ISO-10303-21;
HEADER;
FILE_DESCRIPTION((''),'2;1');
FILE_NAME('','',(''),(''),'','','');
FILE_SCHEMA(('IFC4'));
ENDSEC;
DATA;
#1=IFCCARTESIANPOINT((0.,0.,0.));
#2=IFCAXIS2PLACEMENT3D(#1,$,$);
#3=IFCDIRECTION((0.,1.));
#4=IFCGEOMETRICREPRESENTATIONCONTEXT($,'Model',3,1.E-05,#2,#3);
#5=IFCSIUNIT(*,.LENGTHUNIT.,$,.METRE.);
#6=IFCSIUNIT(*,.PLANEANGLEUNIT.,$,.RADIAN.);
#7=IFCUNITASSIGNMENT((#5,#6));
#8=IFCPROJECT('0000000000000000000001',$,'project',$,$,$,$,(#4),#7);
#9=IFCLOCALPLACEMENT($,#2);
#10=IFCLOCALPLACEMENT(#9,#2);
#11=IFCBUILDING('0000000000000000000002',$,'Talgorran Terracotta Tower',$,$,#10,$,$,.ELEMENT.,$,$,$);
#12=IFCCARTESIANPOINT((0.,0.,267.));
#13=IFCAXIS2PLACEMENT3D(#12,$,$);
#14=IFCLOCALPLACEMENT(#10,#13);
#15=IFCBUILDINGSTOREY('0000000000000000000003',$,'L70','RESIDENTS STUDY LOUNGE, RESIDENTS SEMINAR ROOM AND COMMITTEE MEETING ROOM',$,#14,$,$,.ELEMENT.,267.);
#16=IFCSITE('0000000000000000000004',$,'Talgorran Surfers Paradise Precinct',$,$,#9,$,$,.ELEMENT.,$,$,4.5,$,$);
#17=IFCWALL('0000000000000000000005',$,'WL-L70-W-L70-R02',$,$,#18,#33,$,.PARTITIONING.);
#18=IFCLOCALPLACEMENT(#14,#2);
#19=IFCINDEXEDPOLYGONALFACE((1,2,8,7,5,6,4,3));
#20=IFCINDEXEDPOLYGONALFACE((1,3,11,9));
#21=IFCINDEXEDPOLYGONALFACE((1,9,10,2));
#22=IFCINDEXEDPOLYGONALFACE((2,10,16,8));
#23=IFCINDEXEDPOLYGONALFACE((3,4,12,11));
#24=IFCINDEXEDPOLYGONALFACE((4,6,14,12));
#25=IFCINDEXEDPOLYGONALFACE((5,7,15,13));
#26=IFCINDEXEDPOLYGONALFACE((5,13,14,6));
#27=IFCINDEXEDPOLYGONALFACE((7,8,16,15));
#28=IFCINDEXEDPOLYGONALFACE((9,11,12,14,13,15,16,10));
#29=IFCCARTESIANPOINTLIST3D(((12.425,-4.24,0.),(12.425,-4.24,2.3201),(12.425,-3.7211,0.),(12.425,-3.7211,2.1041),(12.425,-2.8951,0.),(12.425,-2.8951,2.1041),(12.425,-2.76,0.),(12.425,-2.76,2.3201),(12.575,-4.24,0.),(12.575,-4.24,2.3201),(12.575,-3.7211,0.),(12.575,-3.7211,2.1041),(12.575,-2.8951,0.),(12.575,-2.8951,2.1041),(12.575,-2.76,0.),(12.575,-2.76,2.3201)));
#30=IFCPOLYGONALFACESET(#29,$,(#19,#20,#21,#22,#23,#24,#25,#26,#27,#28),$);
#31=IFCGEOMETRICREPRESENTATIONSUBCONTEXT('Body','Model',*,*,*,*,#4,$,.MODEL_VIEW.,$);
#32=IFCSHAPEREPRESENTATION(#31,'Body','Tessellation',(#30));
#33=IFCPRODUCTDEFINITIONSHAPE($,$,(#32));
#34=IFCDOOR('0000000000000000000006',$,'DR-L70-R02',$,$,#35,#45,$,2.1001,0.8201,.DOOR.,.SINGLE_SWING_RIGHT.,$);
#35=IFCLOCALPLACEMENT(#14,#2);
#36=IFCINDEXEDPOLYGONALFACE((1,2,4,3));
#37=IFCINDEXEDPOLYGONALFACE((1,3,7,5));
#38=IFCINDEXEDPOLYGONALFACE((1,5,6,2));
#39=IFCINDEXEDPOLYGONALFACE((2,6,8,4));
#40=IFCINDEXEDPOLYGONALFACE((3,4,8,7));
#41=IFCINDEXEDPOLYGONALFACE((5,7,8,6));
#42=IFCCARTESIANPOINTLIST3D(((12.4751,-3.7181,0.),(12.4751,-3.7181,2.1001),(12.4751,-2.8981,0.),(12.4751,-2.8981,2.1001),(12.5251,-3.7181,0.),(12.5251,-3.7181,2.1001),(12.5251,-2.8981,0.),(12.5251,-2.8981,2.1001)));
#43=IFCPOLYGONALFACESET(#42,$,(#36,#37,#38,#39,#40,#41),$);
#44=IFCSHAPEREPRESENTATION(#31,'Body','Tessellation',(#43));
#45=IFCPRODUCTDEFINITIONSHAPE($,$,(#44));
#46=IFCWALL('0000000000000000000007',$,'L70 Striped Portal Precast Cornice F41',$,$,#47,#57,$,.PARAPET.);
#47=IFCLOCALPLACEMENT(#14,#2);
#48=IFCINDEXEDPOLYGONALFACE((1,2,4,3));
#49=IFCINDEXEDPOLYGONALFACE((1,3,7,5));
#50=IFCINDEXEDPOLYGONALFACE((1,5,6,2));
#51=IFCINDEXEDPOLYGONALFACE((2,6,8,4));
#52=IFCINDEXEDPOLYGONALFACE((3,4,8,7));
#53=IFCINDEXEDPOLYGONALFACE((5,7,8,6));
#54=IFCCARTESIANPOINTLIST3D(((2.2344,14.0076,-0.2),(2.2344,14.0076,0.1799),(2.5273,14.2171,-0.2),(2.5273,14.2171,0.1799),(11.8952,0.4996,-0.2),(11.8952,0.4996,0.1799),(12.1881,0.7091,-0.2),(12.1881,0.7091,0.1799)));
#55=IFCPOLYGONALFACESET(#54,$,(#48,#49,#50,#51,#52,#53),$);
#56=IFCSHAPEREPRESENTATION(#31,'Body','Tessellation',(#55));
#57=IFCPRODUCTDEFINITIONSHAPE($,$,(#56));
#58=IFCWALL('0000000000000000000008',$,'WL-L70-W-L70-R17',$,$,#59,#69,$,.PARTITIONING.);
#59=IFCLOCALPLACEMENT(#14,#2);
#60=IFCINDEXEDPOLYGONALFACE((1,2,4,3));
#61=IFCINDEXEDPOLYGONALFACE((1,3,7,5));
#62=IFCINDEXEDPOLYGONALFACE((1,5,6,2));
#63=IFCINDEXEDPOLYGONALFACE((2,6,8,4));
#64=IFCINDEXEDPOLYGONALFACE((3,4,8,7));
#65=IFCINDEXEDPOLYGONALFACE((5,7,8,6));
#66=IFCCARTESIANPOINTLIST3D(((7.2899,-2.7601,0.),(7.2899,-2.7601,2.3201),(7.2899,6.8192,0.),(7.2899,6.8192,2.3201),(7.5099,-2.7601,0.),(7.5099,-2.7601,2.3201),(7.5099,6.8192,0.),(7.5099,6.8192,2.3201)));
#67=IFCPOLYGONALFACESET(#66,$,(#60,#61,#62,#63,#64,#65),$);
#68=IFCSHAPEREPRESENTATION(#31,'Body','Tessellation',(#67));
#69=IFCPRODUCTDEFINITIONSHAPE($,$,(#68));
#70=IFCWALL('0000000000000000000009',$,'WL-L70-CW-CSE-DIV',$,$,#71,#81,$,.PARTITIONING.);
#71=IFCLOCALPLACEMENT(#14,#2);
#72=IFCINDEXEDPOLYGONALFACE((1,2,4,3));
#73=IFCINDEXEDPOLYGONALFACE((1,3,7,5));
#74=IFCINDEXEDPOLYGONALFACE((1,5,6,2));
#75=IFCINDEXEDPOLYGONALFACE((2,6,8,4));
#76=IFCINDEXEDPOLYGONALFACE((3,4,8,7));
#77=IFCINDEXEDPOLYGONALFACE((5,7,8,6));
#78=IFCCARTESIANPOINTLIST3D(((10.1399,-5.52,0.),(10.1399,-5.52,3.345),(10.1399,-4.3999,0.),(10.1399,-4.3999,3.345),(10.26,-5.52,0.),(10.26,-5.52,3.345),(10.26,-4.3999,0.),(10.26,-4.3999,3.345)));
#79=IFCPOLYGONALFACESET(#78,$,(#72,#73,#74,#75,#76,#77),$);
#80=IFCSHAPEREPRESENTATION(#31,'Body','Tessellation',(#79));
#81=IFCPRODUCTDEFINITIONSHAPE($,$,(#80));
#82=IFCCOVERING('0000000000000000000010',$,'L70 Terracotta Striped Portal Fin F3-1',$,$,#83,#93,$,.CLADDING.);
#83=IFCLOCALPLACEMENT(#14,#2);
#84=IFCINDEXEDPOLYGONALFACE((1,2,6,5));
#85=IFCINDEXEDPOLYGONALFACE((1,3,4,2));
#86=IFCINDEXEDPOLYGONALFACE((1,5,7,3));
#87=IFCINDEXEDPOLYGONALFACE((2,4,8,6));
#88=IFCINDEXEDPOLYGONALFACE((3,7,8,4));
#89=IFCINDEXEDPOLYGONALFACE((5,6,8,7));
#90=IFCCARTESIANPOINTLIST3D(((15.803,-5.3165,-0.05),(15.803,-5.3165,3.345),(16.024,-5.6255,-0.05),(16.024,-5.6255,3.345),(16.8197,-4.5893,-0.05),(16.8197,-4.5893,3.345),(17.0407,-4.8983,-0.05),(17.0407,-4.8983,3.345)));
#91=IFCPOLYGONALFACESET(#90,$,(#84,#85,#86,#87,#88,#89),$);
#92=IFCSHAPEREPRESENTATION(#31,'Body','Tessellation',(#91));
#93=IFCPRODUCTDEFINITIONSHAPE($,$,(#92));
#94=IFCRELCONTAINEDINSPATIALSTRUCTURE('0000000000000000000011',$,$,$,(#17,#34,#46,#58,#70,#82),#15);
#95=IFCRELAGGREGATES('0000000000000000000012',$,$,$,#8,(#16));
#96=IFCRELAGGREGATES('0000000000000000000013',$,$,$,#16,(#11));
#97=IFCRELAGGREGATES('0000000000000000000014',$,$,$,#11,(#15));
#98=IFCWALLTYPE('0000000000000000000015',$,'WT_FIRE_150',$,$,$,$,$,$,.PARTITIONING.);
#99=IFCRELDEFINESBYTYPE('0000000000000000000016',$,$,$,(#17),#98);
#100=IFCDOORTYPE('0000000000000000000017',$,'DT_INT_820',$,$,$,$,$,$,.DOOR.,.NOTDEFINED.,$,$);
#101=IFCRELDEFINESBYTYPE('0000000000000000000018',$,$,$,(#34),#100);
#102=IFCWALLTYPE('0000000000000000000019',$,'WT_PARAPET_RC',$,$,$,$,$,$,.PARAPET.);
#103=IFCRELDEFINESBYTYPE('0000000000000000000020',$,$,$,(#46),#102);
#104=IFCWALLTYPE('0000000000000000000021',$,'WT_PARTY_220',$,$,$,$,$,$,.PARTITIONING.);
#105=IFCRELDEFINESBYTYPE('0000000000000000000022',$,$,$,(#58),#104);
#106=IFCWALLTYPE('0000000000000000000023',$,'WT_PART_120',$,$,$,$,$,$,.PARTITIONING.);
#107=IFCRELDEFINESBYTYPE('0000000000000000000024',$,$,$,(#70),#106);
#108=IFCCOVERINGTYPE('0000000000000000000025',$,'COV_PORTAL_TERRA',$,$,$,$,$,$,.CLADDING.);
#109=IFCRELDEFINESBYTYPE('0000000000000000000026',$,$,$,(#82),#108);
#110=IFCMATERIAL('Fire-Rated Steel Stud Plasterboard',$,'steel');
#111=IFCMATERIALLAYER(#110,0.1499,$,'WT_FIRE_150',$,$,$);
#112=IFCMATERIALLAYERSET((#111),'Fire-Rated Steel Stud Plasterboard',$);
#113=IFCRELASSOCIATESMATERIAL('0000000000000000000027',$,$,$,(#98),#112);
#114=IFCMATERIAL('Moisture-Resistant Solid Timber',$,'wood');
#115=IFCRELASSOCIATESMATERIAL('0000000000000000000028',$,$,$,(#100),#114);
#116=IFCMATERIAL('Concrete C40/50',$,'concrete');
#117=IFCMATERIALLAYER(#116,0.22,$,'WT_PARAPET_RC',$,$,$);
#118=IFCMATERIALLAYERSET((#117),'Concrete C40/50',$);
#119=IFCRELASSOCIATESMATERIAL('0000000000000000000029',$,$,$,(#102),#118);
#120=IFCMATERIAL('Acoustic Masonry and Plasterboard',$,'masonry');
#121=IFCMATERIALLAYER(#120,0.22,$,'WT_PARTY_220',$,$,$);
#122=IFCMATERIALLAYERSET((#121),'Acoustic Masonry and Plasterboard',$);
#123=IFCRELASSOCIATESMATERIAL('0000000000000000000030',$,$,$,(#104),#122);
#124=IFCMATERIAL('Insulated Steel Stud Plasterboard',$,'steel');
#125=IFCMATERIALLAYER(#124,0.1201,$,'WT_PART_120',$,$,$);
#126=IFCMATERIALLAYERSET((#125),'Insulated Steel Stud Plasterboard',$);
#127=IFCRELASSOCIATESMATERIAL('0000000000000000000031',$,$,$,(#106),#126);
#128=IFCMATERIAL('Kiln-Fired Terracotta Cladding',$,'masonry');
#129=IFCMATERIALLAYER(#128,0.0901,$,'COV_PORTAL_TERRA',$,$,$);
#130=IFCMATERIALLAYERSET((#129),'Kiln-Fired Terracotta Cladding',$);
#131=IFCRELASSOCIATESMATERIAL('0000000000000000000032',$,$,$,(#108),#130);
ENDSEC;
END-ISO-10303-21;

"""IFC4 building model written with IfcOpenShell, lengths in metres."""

from ifc_helpers import new_model, si_unit, direction, frame, frame_2d, origin, origin_2d, place, context, subcontext, project, spatial, rectangle, extrude, material, layer, layer_set, type_object, element, fill, save


model = new_model("IFC4")

# Units and contexts
model_context = context("Model", 3, precision=1e-05, world=origin(), true_north=direction((0.0, 1.0)))
body_context = subcontext(model_context, "Body", "Model", "MODEL_VIEW")
ifc_project = project(units=[si_unit("LENGTHUNIT", "METRE"), si_unit("PLANEANGLEUNIT", "RADIAN")], contexts=[model_context])

# Site, building, storey
site_placement = place(None, origin())
site = spatial("IfcSite", under=ifc_project, at=site_placement, Name="Talgorran Surfers Paradise Precinct", CompositionType="ELEMENT", RefElevation=4.5)
building_placement = place(site_placement, origin())
building = spatial("IfcBuilding", under=site, at=building_placement, Name="Talgorran Terracotta Tower", CompositionType="ELEMENT")
storey_placement = place(building_placement, frame((0.0, 0.0, 267.0)))
storey = spatial("IfcBuildingStorey", under=building, at=storey_placement, Name="L70", Description="RESIDENTS STUDY LOUNGE, RESIDENTS SEMINAR ROOM AND COMMITTEE MEETING ROOM", CompositionType="ELEMENT", Elevation=267.0)

# Shared definitions
ifc_material_1 = material(Name="Concrete C40/50", Category="concrete")

# Wall, opening, door
ifc_material_2 = material(Name="Fire-Rated Steel Stud Plasterboard", Category="steel")
ifc_layer_1 = layer(ifc_material_2, 0.1499, Name="WT_FIRE_150")
ifc_layer_set_1 = layer_set([ifc_layer_1], Name="Fire-Rated Steel Stud Plasterboard")
wall_type_1 = type_object("IfcWallType", Name="WT_FIRE_150", PredefinedType="PARTITIONING", material=ifc_layer_set_1)
wall_1_placement = place(storey_placement, frame((12.5, -4.24, 0.0), z_axis=(0.0, 0.0, 1.0), x_axis=(0.0, 1.0, 0.0)))
wall_1 = element("IfcWall", 1, at=wall_1_placement, inside=storey, type_object=wall_type_1, Name="WL-L70-W-L70-R02", PredefinedType="PARTITIONING", context=body_context, shape_type="SweptSolid", body=[
    extrude(rectangle(XDim=1.48, YDim=0.1499, at=frame_2d((0.74, 0.0))), origin(), (0.0, 0.0, 1.0), 2.3201),
])
opening_1_placement = place(wall_1_placement, frame((0.5217, 0.0, 0.0)))
opening_1 = element("IfcOpeningElement", 2, at=opening_1_placement, cuts=wall_1, PredefinedType="OPENING", context=body_context, shape_type="SweptSolid", body=[
    extrude(rectangle(XDim=0.8261, YDim=2.1041, at=frame_2d((0.4102, 1.052))), frame((0.0, 0.085, 0.0), z_axis=(0.0, -1.0, 0.0), x_axis=(1.0, 0.0, 0.0)), (0.0, 0.0, 1.0), 0.1699),
])
ifc_material_3 = material(Name="Moisture-Resistant Solid Timber", Category="wood")
door_type_1 = type_object("IfcDoorType", Name="DT_INT_820", OperationType="NOTDEFINED", PredefinedType="DOOR", material=ifc_material_3)
door_1_placement = place(opening_1_placement, origin())
door_1 = element("IfcDoor", 3, at=door_1_placement, inside=storey, type_object=door_type_1, Name="DR-L70-R02", OperationType="SINGLE_SWING_RIGHT", OverallHeight=2.1001, OverallWidth=0.8201, PredefinedType="DOOR", context=body_context, shape_type="SweptSolid", body=[
    extrude(rectangle(XDim=0.8201, YDim=2.1001, at=frame_2d((0.4102, 1.05))), frame((0.0, 0.0249, 0.0), z_axis=(0.0, -1.0, 0.0), x_axis=(1.0, 0.0, 0.0)), (0.0, 0.0, 1.0), 0.05),
])
fill(opening_1, door_1)

# Walls
ifc_layer_2 = layer(ifc_material_1, 0.22, Name="WT_PARAPET_RC")
ifc_layer_set_2 = layer_set([ifc_layer_2], Name="Concrete C40/50")
wall_type_2 = type_object("IfcWallType", Name="WT_PARAPET_RC", PredefinedType="PARAPET", material=ifc_layer_set_2)
wall_2_placement = place(storey_placement, frame((12.0417, 0.6042, -0.2), z_axis=(0.0, 0.0, 1.0), x_axis=(-0.581728, 0.813384, 0.0)))
element("IfcWall", 4, at=wall_2_placement, inside=storey, type_object=wall_type_2, Name="L70 Striped Portal Precast Cornice F41", PredefinedType="PARAPET", context=body_context, shape_type="SweptSolid", body=[
    extrude(rectangle(XDim=16.6072, YDim=0.3601, at=frame_2d((8.3037, 0.0))), origin(), (0.0, 0.0, 1.0), 0.3799),
])
ifc_material_4 = material(Name="Acoustic Masonry and Plasterboard", Category="masonry")
ifc_layer_3 = layer(ifc_material_4, 0.22, Name="WT_PARTY_220")
ifc_layer_set_3 = layer_set([ifc_layer_3], Name="Acoustic Masonry and Plasterboard")
wall_type_3 = type_object("IfcWallType", Name="WT_PARTY_220", PredefinedType="PARTITIONING", material=ifc_layer_set_3)
wall_3_placement = place(storey_placement, frame((7.3999, -2.76, 0.0), z_axis=(0.0, 0.0, 1.0), x_axis=(0.0, 1.0, 0.0)))
element("IfcWall", 5, at=wall_3_placement, inside=storey, type_object=wall_type_3, Name="WL-L70-W-L70-R17", PredefinedType="PARTITIONING", context=body_context, shape_type="SweptSolid", body=[
    extrude(rectangle(XDim=9.5793, YDim=0.22, at=frame_2d((4.7896, 0.0))), origin(), (0.0, 0.0, 1.0), 2.3201),
])
ifc_material_5 = material(Name="Insulated Steel Stud Plasterboard", Category="steel")
ifc_layer_4 = layer(ifc_material_5, 0.1201, Name="WT_PART_120")
ifc_layer_set_4 = layer_set([ifc_layer_4], Name="Insulated Steel Stud Plasterboard")
wall_type_4 = type_object("IfcWallType", Name="WT_PART_120", PredefinedType="PARTITIONING", material=ifc_layer_set_4)
wall_4_placement = place(storey_placement, frame((10.2, -5.52, 0.0), z_axis=(0.0, 0.0, 1.0), x_axis=(0.0, 1.0, 0.0)))
element("IfcWall", 6, at=wall_4_placement, inside=storey, type_object=wall_type_4, Name="WL-L70-CW-CSE-DIV", PredefinedType="PARTITIONING", context=body_context, shape_type="SweptSolid", body=[
    extrude(rectangle(XDim=1.1201, YDim=0.1201, at=frame_2d((0.5601, 0.0))), origin(), (0.0, 0.0, 1.0), 3.345),
])

# Covering
ifc_material_6 = material(Name="Kiln-Fired Terracotta Cladding", Category="masonry")
ifc_layer_5 = layer(ifc_material_6, 0.0901, Name="COV_PORTAL_TERRA")
ifc_layer_set_5 = layer_set([ifc_layer_5], Name="Kiln-Fired Terracotta Cladding")
covering_type = type_object("IfcCoveringType", Name="COV_PORTAL_TERRA", PredefinedType="CLADDING", material=ifc_layer_set_5)
covering_placement = place(storey_placement, frame((16.4219, -5.1074, -0.05), z_axis=(0.0, 0.0, 1.0), x_axis=(-0.581726, 0.813385, 0.0)))
element("IfcCovering", 7, at=covering_placement, inside=storey, type_object=covering_type, Name="L70 Terracotta Striped Portal Fin F3-1", PredefinedType="CLADDING", context=body_context, shape_type="SweptSolid", body=[
    extrude(rectangle(XDim=0.3799, YDim=1.25, at=origin_2d()), origin(), (0.0, 0.0, 1.0), 3.395),
])

save(model, "model.ifc")
